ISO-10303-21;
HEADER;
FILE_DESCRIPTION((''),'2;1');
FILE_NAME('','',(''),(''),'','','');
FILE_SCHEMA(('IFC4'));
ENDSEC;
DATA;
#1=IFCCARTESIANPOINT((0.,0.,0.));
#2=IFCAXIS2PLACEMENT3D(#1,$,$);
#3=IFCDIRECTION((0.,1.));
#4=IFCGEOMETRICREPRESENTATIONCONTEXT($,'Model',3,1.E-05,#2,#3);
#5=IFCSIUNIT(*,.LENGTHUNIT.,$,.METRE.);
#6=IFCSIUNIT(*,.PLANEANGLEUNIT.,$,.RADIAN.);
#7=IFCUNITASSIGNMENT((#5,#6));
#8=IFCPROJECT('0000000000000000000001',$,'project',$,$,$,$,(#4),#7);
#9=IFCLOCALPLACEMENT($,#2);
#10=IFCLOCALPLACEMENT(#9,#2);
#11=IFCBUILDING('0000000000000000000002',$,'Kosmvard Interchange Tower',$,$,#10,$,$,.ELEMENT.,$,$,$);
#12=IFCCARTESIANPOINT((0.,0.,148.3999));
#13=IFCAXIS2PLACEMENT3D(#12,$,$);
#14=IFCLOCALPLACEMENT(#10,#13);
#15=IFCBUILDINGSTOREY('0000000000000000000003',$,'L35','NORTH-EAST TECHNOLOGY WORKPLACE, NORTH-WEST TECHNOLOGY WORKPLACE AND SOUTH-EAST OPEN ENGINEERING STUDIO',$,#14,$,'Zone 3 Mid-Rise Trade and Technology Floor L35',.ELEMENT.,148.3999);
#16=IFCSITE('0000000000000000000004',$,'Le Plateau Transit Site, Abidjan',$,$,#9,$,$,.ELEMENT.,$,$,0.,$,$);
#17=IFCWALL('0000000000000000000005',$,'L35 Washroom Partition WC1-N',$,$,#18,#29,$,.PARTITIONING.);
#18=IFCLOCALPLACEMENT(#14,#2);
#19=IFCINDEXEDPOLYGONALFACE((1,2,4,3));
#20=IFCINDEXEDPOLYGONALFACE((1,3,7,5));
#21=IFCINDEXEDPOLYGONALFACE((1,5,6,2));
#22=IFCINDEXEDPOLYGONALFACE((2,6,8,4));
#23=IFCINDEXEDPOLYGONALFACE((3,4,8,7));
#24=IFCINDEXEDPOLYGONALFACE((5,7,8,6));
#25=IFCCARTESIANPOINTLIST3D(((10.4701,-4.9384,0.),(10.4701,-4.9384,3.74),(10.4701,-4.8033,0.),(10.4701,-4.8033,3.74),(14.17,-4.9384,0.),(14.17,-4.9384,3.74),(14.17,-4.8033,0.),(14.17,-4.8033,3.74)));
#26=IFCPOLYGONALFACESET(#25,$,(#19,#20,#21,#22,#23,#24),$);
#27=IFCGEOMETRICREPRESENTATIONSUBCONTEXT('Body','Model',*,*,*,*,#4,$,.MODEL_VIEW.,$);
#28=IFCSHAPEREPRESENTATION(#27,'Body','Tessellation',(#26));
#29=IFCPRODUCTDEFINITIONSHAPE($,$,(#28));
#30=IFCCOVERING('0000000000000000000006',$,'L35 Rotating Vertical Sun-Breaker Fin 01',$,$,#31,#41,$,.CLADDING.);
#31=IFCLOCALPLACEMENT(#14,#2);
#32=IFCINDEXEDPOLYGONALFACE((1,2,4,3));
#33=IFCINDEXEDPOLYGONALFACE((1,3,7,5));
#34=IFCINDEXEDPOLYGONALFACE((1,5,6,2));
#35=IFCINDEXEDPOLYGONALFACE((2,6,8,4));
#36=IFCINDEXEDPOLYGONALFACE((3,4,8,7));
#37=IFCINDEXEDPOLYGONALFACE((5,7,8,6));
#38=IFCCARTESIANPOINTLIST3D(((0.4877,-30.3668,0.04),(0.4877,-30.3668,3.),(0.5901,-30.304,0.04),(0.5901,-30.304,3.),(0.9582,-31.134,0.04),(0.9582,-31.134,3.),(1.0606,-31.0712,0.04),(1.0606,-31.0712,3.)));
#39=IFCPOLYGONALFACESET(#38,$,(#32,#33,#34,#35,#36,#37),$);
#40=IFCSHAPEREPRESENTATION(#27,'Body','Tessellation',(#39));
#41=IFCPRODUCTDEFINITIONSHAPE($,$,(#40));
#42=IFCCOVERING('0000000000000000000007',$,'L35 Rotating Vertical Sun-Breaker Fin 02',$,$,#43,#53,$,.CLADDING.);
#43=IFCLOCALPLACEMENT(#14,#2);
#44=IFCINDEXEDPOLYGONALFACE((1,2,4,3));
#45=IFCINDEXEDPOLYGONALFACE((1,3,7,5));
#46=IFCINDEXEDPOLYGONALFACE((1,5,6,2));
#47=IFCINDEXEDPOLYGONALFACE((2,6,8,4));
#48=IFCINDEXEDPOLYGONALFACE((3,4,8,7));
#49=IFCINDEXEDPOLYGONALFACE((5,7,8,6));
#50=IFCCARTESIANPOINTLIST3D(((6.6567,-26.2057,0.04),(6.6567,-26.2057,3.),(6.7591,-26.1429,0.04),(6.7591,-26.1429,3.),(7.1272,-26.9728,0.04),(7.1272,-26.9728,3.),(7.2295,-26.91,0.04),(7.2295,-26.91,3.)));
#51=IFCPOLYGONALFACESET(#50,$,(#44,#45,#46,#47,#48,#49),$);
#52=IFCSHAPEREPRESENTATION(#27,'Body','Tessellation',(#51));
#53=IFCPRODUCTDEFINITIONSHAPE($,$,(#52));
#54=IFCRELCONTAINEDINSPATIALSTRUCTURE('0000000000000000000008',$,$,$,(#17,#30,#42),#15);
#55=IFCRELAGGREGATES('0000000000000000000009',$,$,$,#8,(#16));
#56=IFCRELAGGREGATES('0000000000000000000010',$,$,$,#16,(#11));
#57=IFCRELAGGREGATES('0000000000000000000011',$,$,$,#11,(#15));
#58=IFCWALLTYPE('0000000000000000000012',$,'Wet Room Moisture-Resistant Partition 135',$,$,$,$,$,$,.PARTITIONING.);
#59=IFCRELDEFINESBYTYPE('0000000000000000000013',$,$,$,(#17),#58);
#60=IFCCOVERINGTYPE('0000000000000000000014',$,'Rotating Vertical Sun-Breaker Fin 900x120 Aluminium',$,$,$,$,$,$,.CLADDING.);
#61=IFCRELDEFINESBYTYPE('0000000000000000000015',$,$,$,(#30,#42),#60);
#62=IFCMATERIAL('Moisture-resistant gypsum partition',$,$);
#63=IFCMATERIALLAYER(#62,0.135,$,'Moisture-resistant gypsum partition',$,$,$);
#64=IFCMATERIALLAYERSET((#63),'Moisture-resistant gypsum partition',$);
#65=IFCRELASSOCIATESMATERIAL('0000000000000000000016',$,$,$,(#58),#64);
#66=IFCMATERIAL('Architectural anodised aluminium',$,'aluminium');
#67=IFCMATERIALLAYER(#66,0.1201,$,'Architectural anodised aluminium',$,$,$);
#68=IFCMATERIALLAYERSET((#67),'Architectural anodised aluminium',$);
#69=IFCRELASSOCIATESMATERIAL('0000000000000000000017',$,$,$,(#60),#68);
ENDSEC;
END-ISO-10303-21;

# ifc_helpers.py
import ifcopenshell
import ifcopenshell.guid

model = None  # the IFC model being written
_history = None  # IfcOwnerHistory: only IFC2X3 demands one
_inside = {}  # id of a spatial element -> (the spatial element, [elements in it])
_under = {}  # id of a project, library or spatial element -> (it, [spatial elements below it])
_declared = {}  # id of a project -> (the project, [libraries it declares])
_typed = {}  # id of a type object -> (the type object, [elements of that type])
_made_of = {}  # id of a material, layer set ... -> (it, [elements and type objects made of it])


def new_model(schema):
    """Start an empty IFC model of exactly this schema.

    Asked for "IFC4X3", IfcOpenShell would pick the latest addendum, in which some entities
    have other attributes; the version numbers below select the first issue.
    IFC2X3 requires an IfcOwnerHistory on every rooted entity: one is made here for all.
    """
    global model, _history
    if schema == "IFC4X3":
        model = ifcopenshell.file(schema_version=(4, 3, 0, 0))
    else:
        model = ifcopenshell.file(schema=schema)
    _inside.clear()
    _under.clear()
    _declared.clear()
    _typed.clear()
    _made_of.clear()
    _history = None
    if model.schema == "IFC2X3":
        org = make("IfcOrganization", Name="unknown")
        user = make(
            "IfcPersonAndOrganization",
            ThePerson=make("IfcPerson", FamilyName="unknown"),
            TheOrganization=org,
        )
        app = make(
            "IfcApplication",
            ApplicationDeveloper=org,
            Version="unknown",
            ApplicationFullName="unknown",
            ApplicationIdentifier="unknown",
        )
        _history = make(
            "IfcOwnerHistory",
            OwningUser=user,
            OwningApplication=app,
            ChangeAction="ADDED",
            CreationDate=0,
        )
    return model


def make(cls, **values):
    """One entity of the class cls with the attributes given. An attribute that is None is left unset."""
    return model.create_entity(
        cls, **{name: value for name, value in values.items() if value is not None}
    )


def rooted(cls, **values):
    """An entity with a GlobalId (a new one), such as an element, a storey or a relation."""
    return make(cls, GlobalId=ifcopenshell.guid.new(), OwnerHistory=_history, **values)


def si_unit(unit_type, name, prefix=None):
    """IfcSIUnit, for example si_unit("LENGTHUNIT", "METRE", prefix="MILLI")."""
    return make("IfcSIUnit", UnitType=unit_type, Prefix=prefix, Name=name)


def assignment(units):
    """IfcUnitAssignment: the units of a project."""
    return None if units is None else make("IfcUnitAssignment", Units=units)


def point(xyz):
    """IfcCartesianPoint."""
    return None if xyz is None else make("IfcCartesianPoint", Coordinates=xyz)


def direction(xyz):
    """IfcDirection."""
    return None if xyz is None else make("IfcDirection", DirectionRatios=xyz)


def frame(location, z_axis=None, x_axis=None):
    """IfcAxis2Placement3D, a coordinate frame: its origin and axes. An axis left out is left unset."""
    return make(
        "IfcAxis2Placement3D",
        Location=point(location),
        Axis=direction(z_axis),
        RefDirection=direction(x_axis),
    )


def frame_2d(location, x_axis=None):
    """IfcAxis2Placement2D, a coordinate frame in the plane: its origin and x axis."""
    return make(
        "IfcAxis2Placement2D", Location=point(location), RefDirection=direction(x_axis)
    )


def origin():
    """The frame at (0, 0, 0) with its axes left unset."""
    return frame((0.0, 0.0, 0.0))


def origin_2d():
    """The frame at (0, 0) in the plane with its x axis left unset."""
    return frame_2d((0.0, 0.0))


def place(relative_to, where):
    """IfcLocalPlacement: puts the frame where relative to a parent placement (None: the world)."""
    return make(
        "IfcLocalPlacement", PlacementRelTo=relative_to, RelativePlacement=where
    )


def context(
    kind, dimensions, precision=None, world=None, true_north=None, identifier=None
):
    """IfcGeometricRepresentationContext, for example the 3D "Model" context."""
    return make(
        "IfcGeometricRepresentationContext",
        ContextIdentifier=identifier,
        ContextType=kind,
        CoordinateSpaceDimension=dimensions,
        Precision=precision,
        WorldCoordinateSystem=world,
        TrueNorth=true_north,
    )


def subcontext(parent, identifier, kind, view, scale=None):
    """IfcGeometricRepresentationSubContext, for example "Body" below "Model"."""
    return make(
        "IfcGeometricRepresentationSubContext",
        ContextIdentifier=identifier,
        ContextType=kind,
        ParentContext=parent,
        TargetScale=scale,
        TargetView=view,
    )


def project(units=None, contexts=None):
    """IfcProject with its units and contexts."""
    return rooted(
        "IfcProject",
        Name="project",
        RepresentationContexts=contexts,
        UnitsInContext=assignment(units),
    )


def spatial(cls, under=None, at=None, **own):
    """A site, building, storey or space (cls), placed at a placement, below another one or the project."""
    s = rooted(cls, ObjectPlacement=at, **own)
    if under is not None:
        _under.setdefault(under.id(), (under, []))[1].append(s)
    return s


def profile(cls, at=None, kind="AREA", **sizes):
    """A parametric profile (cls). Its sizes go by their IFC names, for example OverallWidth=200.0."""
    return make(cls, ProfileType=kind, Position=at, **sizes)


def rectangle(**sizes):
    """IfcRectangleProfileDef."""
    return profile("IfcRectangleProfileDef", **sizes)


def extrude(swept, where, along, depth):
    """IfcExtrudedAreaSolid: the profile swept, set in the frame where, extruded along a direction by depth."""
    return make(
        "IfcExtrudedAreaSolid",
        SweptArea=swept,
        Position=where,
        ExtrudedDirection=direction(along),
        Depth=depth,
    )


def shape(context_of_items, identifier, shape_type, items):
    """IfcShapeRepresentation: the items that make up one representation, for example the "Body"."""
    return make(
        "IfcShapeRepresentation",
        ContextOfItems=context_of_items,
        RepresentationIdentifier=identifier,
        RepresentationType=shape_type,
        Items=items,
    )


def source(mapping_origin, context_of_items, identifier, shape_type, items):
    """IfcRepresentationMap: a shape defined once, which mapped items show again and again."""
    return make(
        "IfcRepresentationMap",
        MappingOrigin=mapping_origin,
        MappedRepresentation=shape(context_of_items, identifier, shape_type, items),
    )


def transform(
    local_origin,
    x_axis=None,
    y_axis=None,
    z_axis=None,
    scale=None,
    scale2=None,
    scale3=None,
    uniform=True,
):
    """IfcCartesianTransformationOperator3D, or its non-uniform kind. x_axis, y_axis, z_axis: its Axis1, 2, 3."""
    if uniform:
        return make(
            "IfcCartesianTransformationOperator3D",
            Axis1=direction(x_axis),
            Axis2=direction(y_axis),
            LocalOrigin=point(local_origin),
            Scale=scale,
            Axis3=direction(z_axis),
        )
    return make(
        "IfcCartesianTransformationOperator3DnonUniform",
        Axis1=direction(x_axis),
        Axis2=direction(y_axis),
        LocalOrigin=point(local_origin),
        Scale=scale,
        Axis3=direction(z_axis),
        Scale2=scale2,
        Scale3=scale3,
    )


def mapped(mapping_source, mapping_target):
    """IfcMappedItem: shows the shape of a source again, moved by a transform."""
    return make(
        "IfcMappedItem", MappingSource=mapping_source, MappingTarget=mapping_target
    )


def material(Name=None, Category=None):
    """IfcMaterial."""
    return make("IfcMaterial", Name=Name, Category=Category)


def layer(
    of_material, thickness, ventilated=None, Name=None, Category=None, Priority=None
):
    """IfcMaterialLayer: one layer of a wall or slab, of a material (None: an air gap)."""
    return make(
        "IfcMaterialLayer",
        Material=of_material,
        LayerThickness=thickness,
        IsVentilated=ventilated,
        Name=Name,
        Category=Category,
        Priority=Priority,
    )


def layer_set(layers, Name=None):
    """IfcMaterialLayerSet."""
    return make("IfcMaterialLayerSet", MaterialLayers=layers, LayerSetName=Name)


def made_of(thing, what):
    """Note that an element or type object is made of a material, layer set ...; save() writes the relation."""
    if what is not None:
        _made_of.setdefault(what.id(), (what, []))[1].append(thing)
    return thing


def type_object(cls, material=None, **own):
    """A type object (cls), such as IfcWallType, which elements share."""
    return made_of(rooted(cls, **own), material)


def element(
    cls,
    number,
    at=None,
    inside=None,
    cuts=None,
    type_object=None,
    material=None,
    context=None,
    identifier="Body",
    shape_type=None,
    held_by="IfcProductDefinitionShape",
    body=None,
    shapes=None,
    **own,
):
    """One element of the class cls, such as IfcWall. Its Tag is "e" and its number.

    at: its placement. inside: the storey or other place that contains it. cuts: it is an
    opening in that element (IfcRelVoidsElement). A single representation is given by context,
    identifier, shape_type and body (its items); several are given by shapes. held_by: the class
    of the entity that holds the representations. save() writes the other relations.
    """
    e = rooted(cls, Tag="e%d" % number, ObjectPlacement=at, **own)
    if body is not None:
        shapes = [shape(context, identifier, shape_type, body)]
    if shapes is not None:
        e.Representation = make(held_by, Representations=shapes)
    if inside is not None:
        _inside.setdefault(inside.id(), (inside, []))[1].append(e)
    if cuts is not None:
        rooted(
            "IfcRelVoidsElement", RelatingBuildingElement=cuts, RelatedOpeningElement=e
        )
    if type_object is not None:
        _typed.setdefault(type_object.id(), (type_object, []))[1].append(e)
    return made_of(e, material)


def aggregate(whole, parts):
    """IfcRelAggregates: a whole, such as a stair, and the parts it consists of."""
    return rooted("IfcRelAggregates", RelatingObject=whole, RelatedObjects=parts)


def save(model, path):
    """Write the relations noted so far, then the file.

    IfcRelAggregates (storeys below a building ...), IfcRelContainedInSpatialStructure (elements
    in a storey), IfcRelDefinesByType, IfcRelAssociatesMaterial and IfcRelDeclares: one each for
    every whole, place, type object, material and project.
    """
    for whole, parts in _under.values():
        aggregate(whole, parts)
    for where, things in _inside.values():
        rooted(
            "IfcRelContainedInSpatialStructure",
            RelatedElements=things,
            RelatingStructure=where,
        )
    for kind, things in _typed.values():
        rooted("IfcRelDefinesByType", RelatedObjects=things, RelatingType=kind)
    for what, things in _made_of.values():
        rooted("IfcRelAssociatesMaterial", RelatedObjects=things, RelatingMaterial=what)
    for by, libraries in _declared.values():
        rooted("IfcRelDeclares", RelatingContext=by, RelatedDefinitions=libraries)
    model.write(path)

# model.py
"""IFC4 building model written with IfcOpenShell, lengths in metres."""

from ifc_helpers import new_model, si_unit, direction, frame, frame_2d, origin, origin_2d, place, context, subcontext, project, spatial, rectangle, extrude, source, transform, mapped, material, layer, layer_set, type_object, element, save


model = new_model("IFC4")

# Units and contexts
model_context = context("Model", 3, precision=1e-05, world=origin(), true_north=direction((0.0, 1.0)))
body_context = subcontext(model_context, "Body", "Model", "MODEL_VIEW")
ifc_project = project(units=[si_unit("LENGTHUNIT", "METRE"), si_unit("PLANEANGLEUNIT", "RADIAN")], contexts=[model_context])

# Site, building, storey
site_placement = place(None, origin())
site = spatial("IfcSite", under=ifc_project, at=site_placement, Name="Le Plateau Transit Site, Abidjan", CompositionType="ELEMENT", RefElevation=0.0)
building_placement = place(site_placement, origin())
building = spatial("IfcBuilding", under=site, at=building_placement, Name="Kosmvard Interchange Tower", CompositionType="ELEMENT")
storey_placement = place(building_placement, frame((0.0, 0.0, 148.3999)))
storey = spatial("IfcBuildingStorey", under=building, at=storey_placement, Name="L35", Description="NORTH-EAST TECHNOLOGY WORKPLACE, NORTH-WEST TECHNOLOGY WORKPLACE AND SOUTH-EAST OPEN ENGINEERING STUDIO", LongName="Zone 3 Mid-Rise Trade and Technology Floor L35", CompositionType="ELEMENT", Elevation=148.3999)

# Wall
ifc_material_1 = material(Name="Moisture-resistant gypsum partition")
ifc_layer_1 = layer(ifc_material_1, 0.135, Name="Moisture-resistant gypsum partition")
ifc_layer_set_1 = layer_set([ifc_layer_1], Name="Moisture-resistant gypsum partition")
wall_type_1 = type_object("IfcWallType", Name="Wet Room Moisture-Resistant Partition 135", PredefinedType="PARTITIONING", material=ifc_layer_set_1)
for number, where, z_axis, x_axis, name in (
    (1, (10.47, -4.8708, 0.0), (0.0, 0.0, 1.0), (1.0, 0.0, 0.0), "L35 Washroom Partition WC1-N"),
):
    element("IfcWall", number, at=place(storey_placement, frame(where, z_axis=z_axis, x_axis=x_axis)), inside=storey, type_object=wall_type_1, Name=name, PredefinedType="PARTITIONING", context=body_context, shape_type="SweptSolid", body=[
        extrude(rectangle(XDim=3.7, YDim=0.135, at=frame_2d((1.8501, 0.0))), origin(), (0.0, 0.0, 1.0), 3.74),
    ])

# Coverings
ifc_material_2 = material(Name="Architectural anodised aluminium", Category="aluminium")
ifc_layer_2 = layer(ifc_material_2, 0.1201, Name="Architectural anodised aluminium")
ifc_layer_set_2 = layer_set([ifc_layer_2], Name="Architectural anodised aluminium")
covering_type = type_object("IfcCoveringType", Name="Rotating Vertical Sun-Breaker Fin 900x120 Aluminium", PredefinedType="CLADDING", material=ifc_layer_set_2)
shared_shape_1 = source(origin(), body_context, "Body", "SweptSolid", [
    extrude(rectangle(XDim=0.8999, YDim=0.1201, at=origin_2d()), origin(), (0.0, 0.0, 1.0), 2.96),
])
for number, where, z_axis, x_axis, name in (
    (2, (0.7742, -30.719, 0.04), (0.0, 0.0, 1.0), (0.522796, -0.852458, 0.0), "L35 Rotating Vertical Sun-Breaker Fin 01"),
    (3, (6.9431, -26.5579, 0.04), (0.0, 0.0, 1.0), (0.522796, -0.852458, 0.0), "L35 Rotating Vertical Sun-Breaker Fin 02"),
):
    element("IfcCovering", number, at=place(storey_placement, frame(where, z_axis=z_axis, x_axis=x_axis)), inside=storey, type_object=covering_type, Name=name, PredefinedType="CLADDING", context=body_context, shape_type="MappedRepresentation", body=[
        mapped(shared_shape_1, transform((0.0, 0.0, 0.0), scale=1.0)),
    ])

save(model, "model.ifc")
